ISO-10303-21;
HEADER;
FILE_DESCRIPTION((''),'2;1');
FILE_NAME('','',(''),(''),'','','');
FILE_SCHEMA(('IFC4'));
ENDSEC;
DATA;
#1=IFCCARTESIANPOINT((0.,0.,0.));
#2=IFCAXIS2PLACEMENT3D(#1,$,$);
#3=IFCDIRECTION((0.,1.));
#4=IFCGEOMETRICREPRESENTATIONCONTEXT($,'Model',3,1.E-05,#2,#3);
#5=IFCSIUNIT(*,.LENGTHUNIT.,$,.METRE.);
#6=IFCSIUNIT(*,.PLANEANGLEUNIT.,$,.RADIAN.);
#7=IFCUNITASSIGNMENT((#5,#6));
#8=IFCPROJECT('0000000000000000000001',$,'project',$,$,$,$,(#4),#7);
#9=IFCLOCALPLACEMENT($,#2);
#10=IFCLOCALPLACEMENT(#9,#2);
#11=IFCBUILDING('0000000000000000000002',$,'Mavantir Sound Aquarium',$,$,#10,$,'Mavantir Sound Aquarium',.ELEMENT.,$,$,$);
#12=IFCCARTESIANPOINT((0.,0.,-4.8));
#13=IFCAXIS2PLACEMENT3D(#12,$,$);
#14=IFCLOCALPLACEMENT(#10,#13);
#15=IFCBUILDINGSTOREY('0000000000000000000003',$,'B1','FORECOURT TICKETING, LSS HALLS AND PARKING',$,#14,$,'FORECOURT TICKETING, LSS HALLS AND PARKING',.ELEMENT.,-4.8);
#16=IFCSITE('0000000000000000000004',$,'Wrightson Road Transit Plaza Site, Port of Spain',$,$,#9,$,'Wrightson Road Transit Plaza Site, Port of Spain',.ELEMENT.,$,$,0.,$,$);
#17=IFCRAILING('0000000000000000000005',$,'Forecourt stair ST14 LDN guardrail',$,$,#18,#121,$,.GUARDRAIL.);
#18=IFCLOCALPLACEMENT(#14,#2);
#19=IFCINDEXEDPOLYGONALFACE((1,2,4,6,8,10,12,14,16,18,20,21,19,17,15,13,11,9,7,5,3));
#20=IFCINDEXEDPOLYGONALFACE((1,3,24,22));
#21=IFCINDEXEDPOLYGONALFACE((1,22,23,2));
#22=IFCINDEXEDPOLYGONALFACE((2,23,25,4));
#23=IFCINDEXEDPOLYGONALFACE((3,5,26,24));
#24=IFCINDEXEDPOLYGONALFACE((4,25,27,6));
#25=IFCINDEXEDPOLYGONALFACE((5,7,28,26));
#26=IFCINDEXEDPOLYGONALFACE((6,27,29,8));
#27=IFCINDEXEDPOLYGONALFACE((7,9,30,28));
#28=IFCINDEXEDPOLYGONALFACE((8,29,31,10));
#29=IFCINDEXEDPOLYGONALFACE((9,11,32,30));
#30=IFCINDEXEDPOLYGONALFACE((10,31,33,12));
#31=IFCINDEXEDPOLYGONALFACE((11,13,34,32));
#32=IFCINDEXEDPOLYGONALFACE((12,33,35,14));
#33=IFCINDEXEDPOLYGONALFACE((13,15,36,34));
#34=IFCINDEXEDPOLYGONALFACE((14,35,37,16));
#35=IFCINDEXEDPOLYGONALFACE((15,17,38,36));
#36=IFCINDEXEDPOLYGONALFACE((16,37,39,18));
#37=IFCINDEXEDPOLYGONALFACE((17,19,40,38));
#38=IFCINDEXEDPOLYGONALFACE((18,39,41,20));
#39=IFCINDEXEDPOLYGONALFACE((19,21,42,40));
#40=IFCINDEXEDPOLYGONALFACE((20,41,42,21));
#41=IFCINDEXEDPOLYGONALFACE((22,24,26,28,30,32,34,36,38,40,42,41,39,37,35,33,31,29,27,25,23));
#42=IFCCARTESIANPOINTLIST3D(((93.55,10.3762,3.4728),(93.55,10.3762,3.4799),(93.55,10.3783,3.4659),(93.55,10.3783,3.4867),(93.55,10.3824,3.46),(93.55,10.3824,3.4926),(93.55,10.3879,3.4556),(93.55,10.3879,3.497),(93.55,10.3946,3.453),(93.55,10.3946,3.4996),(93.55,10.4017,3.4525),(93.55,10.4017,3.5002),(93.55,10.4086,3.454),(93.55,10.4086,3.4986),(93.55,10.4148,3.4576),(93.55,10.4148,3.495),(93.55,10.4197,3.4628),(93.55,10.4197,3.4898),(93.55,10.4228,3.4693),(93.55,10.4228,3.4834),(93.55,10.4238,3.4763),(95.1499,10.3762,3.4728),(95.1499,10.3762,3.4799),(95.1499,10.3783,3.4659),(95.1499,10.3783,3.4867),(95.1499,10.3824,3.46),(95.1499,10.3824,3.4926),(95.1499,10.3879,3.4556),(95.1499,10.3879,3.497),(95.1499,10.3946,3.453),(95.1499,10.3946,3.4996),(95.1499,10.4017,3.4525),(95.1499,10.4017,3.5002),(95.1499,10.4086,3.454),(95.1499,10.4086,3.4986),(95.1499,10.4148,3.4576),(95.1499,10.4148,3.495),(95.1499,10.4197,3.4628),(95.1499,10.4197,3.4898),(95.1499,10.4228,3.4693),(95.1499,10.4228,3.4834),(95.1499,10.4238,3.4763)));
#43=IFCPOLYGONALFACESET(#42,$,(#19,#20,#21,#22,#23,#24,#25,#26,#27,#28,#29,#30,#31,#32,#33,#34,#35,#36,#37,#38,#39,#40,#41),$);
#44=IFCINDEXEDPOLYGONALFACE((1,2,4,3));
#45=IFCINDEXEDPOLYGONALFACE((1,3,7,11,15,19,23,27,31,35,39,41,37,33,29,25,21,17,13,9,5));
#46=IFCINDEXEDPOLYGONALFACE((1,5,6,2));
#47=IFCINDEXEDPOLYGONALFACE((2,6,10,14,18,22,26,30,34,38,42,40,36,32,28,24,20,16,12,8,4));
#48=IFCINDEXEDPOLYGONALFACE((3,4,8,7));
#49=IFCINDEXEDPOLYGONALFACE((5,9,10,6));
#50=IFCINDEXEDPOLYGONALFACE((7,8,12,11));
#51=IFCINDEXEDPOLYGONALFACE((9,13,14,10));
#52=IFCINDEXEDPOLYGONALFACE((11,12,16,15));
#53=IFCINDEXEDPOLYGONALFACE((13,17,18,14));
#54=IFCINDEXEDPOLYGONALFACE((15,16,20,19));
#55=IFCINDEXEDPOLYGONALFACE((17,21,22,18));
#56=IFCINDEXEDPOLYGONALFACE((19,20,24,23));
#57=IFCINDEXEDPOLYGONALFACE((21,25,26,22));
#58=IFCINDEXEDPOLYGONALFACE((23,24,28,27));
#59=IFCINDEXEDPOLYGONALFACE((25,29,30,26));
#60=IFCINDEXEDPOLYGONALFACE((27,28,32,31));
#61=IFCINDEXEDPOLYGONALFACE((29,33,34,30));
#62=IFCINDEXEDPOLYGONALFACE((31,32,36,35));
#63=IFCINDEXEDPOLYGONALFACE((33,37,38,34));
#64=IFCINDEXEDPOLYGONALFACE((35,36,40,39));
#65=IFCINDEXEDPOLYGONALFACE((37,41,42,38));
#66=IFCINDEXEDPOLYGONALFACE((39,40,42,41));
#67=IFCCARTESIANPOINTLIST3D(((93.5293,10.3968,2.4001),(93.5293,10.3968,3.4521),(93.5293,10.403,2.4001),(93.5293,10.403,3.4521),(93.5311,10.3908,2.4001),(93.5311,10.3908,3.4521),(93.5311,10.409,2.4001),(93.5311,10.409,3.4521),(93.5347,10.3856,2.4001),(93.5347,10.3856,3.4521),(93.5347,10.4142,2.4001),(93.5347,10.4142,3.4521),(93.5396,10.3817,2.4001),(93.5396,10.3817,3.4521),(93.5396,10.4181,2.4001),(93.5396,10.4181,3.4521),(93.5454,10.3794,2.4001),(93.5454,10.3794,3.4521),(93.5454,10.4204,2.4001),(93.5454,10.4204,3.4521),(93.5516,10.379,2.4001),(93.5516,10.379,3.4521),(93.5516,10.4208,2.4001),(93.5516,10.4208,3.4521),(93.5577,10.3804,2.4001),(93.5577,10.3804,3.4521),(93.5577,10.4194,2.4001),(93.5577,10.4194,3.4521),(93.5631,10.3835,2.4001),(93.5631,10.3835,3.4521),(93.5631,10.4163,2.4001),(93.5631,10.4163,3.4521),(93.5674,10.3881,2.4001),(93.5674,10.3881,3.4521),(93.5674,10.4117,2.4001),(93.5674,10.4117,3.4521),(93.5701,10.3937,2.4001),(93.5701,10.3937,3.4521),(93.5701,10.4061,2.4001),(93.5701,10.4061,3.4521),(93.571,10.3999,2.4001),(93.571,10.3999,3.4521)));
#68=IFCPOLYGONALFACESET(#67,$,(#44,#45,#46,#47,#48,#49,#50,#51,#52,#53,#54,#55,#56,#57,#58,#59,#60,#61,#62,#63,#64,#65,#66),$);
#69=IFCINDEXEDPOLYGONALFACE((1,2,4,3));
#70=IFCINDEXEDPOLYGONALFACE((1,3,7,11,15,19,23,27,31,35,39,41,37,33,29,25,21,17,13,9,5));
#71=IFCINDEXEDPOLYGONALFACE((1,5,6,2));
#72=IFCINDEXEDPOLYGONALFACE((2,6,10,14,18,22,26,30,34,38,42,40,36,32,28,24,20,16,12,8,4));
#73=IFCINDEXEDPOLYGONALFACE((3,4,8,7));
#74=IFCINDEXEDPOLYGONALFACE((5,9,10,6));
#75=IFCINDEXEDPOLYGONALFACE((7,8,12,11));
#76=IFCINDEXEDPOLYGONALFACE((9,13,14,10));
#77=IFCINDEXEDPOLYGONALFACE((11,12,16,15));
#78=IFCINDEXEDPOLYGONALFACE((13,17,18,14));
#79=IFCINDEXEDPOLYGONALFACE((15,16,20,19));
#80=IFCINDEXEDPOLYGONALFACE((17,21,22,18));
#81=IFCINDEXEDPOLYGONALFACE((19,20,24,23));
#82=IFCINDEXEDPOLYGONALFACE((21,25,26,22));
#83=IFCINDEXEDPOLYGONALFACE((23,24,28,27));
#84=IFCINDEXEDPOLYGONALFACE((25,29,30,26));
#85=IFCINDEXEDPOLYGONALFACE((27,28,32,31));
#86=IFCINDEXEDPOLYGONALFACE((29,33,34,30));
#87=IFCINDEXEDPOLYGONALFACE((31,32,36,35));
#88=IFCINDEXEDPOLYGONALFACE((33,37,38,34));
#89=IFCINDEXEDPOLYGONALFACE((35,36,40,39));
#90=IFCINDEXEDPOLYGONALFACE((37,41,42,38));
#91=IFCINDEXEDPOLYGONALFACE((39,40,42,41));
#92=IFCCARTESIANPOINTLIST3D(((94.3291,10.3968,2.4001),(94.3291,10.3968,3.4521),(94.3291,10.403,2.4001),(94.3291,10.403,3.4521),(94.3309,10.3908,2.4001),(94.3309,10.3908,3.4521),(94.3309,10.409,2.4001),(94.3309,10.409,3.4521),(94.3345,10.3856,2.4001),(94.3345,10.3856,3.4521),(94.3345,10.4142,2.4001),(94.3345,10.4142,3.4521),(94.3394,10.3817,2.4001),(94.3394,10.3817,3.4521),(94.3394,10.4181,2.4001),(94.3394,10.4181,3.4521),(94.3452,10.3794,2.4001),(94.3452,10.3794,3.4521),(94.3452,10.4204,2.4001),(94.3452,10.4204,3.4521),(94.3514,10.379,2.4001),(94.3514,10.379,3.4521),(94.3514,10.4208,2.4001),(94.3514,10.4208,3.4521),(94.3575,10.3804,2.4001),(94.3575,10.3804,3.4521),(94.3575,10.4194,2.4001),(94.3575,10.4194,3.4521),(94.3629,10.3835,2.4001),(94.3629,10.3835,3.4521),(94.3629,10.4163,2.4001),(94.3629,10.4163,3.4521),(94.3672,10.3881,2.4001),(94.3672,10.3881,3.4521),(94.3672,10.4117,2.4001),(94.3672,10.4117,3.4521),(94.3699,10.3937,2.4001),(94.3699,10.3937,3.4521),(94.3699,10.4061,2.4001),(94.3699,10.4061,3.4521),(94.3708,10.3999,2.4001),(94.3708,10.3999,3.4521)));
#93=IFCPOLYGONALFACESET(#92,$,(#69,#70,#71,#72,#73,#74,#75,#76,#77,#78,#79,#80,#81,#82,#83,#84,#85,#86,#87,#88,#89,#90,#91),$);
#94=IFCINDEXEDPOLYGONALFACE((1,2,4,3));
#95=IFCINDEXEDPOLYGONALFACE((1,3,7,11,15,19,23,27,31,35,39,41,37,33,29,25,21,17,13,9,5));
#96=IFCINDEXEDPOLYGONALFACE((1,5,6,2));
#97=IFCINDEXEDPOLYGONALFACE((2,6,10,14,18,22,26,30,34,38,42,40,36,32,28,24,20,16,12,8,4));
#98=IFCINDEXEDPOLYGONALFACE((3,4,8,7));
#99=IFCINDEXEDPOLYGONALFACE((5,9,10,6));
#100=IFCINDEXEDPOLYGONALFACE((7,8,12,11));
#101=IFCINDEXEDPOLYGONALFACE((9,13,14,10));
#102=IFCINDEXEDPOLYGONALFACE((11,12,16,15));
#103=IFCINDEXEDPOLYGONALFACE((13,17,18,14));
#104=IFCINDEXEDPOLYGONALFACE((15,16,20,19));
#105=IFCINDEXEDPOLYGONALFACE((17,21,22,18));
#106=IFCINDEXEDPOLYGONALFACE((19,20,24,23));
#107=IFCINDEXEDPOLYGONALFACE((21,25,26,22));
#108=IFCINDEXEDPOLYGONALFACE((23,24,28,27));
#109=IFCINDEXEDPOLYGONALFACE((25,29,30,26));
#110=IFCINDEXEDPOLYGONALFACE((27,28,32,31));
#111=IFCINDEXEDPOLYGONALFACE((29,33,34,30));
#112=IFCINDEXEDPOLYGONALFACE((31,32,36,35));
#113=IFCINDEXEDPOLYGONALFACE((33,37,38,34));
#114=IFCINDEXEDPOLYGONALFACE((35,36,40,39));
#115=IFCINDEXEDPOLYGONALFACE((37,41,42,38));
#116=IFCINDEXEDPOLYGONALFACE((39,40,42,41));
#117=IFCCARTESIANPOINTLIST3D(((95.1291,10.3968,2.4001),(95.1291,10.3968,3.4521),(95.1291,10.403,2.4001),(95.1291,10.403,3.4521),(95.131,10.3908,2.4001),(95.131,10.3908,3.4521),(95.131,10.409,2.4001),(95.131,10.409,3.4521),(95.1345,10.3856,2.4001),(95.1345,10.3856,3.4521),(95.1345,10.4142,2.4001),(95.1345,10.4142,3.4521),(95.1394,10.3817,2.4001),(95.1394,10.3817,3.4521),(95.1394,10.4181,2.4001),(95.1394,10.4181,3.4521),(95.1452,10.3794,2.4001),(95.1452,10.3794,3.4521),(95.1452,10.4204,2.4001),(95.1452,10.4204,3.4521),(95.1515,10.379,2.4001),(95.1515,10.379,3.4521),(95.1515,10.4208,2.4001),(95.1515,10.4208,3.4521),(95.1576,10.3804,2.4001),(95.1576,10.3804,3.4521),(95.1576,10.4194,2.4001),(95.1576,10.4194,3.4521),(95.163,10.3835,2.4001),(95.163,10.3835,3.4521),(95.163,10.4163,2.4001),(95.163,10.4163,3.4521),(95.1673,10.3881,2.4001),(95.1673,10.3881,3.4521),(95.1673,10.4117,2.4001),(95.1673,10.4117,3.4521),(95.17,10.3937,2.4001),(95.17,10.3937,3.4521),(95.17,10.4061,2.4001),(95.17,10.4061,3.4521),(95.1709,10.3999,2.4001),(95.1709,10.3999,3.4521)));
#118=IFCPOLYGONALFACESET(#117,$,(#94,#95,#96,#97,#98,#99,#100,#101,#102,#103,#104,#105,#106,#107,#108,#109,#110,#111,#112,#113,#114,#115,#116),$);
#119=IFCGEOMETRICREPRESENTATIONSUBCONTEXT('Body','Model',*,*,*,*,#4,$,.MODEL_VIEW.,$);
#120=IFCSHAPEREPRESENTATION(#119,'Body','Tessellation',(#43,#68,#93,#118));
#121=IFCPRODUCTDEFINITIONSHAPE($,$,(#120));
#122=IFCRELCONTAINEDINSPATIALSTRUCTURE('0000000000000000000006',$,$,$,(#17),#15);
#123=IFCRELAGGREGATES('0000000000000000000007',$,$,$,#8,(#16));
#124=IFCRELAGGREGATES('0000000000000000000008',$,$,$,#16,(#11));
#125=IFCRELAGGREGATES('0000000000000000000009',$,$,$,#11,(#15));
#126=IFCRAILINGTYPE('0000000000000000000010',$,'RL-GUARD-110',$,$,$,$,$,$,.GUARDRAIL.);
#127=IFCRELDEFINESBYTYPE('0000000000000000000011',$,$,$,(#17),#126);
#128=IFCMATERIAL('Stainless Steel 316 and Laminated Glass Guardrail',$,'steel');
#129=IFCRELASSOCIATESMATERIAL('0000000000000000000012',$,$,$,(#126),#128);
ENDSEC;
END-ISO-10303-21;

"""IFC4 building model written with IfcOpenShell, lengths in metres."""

from ifc_helpers import new_model, si_unit, direction, frame, origin, origin_2d, place, context, subcontext, project, spatial, circle, extrude, material, type_object, element, save


model = new_model("IFC4")

# Units and contexts
model_context = context("Model", 3, precision=1e-05, world=origin(), true_north=direction((0.0, 1.0)))
body_context = subcontext(model_context, "Body", "Model", "MODEL_VIEW")
ifc_project = project(units=[si_unit("LENGTHUNIT", "METRE"), si_unit("PLANEANGLEUNIT", "RADIAN")], contexts=[model_context])

# Site, building, storey
site_placement = place(None, origin())
site = spatial("IfcSite", under=ifc_project, at=site_placement, Name="Wrightson Road Transit Plaza Site, Port of Spain", LongName="Wrightson Road Transit Plaza Site, Port of Spain", CompositionType="ELEMENT", RefElevation=0.0)
building_placement = place(site_placement, origin())
building = spatial("IfcBuilding", under=site, at=building_placement, Name="Mavantir Sound Aquarium", LongName="Mavantir Sound Aquarium", CompositionType="ELEMENT")
storey_placement = place(building_placement, frame((0.0, 0.0, -4.8)))
storey = spatial("IfcBuildingStorey", under=building, at=storey_placement, Name="B1", Description="FORECOURT TICKETING, LSS HALLS AND PARKING", LongName="FORECOURT TICKETING, LSS HALLS AND PARKING", CompositionType="ELEMENT", Elevation=-4.8)

# Railing
ifc_material_1 = material(Name="Stainless Steel 316 and Laminated Glass Guardrail", Category="steel")
railing_type_1 = type_object("IfcRailingType", Name="RL-GUARD-110", PredefinedType="GUARDRAIL", material=ifc_material_1)
railing_1_placement = place(storey_placement, frame((93.55, 10.3999, 2.4001)))
element("IfcRailing", 1, at=railing_1_placement, inside=storey, type_object=railing_type_1, Name="Forecourt stair ST14 LDN guardrail", PredefinedType="GUARDRAIL", context=body_context, shape_type="SweptSolid", body=[
    extrude(circle(Radius=0.0239, at=origin_2d()), frame((0.0, 0.0, 1.0762), z_axis=(1.0, 0.0, 0.0), x_axis=(0.0, 1.0, 0.0)), (0.0, 0.0, 1.0), 1.5999),
    extrude(circle(Radius=0.021, at=origin_2d()), origin(), (0.0, 0.0, 1.0), 1.052),
    extrude(circle(Radius=0.021, at=origin_2d()), frame((0.7998, 0.0, 0.0)), (0.0, 0.0, 1.0), 1.052),
    extrude(circle(Radius=0.021, at=origin_2d()), frame((1.5999, 0.0, 0.0)), (0.0, 0.0, 1.0), 1.052),
])

save(model, "model.ifc")
